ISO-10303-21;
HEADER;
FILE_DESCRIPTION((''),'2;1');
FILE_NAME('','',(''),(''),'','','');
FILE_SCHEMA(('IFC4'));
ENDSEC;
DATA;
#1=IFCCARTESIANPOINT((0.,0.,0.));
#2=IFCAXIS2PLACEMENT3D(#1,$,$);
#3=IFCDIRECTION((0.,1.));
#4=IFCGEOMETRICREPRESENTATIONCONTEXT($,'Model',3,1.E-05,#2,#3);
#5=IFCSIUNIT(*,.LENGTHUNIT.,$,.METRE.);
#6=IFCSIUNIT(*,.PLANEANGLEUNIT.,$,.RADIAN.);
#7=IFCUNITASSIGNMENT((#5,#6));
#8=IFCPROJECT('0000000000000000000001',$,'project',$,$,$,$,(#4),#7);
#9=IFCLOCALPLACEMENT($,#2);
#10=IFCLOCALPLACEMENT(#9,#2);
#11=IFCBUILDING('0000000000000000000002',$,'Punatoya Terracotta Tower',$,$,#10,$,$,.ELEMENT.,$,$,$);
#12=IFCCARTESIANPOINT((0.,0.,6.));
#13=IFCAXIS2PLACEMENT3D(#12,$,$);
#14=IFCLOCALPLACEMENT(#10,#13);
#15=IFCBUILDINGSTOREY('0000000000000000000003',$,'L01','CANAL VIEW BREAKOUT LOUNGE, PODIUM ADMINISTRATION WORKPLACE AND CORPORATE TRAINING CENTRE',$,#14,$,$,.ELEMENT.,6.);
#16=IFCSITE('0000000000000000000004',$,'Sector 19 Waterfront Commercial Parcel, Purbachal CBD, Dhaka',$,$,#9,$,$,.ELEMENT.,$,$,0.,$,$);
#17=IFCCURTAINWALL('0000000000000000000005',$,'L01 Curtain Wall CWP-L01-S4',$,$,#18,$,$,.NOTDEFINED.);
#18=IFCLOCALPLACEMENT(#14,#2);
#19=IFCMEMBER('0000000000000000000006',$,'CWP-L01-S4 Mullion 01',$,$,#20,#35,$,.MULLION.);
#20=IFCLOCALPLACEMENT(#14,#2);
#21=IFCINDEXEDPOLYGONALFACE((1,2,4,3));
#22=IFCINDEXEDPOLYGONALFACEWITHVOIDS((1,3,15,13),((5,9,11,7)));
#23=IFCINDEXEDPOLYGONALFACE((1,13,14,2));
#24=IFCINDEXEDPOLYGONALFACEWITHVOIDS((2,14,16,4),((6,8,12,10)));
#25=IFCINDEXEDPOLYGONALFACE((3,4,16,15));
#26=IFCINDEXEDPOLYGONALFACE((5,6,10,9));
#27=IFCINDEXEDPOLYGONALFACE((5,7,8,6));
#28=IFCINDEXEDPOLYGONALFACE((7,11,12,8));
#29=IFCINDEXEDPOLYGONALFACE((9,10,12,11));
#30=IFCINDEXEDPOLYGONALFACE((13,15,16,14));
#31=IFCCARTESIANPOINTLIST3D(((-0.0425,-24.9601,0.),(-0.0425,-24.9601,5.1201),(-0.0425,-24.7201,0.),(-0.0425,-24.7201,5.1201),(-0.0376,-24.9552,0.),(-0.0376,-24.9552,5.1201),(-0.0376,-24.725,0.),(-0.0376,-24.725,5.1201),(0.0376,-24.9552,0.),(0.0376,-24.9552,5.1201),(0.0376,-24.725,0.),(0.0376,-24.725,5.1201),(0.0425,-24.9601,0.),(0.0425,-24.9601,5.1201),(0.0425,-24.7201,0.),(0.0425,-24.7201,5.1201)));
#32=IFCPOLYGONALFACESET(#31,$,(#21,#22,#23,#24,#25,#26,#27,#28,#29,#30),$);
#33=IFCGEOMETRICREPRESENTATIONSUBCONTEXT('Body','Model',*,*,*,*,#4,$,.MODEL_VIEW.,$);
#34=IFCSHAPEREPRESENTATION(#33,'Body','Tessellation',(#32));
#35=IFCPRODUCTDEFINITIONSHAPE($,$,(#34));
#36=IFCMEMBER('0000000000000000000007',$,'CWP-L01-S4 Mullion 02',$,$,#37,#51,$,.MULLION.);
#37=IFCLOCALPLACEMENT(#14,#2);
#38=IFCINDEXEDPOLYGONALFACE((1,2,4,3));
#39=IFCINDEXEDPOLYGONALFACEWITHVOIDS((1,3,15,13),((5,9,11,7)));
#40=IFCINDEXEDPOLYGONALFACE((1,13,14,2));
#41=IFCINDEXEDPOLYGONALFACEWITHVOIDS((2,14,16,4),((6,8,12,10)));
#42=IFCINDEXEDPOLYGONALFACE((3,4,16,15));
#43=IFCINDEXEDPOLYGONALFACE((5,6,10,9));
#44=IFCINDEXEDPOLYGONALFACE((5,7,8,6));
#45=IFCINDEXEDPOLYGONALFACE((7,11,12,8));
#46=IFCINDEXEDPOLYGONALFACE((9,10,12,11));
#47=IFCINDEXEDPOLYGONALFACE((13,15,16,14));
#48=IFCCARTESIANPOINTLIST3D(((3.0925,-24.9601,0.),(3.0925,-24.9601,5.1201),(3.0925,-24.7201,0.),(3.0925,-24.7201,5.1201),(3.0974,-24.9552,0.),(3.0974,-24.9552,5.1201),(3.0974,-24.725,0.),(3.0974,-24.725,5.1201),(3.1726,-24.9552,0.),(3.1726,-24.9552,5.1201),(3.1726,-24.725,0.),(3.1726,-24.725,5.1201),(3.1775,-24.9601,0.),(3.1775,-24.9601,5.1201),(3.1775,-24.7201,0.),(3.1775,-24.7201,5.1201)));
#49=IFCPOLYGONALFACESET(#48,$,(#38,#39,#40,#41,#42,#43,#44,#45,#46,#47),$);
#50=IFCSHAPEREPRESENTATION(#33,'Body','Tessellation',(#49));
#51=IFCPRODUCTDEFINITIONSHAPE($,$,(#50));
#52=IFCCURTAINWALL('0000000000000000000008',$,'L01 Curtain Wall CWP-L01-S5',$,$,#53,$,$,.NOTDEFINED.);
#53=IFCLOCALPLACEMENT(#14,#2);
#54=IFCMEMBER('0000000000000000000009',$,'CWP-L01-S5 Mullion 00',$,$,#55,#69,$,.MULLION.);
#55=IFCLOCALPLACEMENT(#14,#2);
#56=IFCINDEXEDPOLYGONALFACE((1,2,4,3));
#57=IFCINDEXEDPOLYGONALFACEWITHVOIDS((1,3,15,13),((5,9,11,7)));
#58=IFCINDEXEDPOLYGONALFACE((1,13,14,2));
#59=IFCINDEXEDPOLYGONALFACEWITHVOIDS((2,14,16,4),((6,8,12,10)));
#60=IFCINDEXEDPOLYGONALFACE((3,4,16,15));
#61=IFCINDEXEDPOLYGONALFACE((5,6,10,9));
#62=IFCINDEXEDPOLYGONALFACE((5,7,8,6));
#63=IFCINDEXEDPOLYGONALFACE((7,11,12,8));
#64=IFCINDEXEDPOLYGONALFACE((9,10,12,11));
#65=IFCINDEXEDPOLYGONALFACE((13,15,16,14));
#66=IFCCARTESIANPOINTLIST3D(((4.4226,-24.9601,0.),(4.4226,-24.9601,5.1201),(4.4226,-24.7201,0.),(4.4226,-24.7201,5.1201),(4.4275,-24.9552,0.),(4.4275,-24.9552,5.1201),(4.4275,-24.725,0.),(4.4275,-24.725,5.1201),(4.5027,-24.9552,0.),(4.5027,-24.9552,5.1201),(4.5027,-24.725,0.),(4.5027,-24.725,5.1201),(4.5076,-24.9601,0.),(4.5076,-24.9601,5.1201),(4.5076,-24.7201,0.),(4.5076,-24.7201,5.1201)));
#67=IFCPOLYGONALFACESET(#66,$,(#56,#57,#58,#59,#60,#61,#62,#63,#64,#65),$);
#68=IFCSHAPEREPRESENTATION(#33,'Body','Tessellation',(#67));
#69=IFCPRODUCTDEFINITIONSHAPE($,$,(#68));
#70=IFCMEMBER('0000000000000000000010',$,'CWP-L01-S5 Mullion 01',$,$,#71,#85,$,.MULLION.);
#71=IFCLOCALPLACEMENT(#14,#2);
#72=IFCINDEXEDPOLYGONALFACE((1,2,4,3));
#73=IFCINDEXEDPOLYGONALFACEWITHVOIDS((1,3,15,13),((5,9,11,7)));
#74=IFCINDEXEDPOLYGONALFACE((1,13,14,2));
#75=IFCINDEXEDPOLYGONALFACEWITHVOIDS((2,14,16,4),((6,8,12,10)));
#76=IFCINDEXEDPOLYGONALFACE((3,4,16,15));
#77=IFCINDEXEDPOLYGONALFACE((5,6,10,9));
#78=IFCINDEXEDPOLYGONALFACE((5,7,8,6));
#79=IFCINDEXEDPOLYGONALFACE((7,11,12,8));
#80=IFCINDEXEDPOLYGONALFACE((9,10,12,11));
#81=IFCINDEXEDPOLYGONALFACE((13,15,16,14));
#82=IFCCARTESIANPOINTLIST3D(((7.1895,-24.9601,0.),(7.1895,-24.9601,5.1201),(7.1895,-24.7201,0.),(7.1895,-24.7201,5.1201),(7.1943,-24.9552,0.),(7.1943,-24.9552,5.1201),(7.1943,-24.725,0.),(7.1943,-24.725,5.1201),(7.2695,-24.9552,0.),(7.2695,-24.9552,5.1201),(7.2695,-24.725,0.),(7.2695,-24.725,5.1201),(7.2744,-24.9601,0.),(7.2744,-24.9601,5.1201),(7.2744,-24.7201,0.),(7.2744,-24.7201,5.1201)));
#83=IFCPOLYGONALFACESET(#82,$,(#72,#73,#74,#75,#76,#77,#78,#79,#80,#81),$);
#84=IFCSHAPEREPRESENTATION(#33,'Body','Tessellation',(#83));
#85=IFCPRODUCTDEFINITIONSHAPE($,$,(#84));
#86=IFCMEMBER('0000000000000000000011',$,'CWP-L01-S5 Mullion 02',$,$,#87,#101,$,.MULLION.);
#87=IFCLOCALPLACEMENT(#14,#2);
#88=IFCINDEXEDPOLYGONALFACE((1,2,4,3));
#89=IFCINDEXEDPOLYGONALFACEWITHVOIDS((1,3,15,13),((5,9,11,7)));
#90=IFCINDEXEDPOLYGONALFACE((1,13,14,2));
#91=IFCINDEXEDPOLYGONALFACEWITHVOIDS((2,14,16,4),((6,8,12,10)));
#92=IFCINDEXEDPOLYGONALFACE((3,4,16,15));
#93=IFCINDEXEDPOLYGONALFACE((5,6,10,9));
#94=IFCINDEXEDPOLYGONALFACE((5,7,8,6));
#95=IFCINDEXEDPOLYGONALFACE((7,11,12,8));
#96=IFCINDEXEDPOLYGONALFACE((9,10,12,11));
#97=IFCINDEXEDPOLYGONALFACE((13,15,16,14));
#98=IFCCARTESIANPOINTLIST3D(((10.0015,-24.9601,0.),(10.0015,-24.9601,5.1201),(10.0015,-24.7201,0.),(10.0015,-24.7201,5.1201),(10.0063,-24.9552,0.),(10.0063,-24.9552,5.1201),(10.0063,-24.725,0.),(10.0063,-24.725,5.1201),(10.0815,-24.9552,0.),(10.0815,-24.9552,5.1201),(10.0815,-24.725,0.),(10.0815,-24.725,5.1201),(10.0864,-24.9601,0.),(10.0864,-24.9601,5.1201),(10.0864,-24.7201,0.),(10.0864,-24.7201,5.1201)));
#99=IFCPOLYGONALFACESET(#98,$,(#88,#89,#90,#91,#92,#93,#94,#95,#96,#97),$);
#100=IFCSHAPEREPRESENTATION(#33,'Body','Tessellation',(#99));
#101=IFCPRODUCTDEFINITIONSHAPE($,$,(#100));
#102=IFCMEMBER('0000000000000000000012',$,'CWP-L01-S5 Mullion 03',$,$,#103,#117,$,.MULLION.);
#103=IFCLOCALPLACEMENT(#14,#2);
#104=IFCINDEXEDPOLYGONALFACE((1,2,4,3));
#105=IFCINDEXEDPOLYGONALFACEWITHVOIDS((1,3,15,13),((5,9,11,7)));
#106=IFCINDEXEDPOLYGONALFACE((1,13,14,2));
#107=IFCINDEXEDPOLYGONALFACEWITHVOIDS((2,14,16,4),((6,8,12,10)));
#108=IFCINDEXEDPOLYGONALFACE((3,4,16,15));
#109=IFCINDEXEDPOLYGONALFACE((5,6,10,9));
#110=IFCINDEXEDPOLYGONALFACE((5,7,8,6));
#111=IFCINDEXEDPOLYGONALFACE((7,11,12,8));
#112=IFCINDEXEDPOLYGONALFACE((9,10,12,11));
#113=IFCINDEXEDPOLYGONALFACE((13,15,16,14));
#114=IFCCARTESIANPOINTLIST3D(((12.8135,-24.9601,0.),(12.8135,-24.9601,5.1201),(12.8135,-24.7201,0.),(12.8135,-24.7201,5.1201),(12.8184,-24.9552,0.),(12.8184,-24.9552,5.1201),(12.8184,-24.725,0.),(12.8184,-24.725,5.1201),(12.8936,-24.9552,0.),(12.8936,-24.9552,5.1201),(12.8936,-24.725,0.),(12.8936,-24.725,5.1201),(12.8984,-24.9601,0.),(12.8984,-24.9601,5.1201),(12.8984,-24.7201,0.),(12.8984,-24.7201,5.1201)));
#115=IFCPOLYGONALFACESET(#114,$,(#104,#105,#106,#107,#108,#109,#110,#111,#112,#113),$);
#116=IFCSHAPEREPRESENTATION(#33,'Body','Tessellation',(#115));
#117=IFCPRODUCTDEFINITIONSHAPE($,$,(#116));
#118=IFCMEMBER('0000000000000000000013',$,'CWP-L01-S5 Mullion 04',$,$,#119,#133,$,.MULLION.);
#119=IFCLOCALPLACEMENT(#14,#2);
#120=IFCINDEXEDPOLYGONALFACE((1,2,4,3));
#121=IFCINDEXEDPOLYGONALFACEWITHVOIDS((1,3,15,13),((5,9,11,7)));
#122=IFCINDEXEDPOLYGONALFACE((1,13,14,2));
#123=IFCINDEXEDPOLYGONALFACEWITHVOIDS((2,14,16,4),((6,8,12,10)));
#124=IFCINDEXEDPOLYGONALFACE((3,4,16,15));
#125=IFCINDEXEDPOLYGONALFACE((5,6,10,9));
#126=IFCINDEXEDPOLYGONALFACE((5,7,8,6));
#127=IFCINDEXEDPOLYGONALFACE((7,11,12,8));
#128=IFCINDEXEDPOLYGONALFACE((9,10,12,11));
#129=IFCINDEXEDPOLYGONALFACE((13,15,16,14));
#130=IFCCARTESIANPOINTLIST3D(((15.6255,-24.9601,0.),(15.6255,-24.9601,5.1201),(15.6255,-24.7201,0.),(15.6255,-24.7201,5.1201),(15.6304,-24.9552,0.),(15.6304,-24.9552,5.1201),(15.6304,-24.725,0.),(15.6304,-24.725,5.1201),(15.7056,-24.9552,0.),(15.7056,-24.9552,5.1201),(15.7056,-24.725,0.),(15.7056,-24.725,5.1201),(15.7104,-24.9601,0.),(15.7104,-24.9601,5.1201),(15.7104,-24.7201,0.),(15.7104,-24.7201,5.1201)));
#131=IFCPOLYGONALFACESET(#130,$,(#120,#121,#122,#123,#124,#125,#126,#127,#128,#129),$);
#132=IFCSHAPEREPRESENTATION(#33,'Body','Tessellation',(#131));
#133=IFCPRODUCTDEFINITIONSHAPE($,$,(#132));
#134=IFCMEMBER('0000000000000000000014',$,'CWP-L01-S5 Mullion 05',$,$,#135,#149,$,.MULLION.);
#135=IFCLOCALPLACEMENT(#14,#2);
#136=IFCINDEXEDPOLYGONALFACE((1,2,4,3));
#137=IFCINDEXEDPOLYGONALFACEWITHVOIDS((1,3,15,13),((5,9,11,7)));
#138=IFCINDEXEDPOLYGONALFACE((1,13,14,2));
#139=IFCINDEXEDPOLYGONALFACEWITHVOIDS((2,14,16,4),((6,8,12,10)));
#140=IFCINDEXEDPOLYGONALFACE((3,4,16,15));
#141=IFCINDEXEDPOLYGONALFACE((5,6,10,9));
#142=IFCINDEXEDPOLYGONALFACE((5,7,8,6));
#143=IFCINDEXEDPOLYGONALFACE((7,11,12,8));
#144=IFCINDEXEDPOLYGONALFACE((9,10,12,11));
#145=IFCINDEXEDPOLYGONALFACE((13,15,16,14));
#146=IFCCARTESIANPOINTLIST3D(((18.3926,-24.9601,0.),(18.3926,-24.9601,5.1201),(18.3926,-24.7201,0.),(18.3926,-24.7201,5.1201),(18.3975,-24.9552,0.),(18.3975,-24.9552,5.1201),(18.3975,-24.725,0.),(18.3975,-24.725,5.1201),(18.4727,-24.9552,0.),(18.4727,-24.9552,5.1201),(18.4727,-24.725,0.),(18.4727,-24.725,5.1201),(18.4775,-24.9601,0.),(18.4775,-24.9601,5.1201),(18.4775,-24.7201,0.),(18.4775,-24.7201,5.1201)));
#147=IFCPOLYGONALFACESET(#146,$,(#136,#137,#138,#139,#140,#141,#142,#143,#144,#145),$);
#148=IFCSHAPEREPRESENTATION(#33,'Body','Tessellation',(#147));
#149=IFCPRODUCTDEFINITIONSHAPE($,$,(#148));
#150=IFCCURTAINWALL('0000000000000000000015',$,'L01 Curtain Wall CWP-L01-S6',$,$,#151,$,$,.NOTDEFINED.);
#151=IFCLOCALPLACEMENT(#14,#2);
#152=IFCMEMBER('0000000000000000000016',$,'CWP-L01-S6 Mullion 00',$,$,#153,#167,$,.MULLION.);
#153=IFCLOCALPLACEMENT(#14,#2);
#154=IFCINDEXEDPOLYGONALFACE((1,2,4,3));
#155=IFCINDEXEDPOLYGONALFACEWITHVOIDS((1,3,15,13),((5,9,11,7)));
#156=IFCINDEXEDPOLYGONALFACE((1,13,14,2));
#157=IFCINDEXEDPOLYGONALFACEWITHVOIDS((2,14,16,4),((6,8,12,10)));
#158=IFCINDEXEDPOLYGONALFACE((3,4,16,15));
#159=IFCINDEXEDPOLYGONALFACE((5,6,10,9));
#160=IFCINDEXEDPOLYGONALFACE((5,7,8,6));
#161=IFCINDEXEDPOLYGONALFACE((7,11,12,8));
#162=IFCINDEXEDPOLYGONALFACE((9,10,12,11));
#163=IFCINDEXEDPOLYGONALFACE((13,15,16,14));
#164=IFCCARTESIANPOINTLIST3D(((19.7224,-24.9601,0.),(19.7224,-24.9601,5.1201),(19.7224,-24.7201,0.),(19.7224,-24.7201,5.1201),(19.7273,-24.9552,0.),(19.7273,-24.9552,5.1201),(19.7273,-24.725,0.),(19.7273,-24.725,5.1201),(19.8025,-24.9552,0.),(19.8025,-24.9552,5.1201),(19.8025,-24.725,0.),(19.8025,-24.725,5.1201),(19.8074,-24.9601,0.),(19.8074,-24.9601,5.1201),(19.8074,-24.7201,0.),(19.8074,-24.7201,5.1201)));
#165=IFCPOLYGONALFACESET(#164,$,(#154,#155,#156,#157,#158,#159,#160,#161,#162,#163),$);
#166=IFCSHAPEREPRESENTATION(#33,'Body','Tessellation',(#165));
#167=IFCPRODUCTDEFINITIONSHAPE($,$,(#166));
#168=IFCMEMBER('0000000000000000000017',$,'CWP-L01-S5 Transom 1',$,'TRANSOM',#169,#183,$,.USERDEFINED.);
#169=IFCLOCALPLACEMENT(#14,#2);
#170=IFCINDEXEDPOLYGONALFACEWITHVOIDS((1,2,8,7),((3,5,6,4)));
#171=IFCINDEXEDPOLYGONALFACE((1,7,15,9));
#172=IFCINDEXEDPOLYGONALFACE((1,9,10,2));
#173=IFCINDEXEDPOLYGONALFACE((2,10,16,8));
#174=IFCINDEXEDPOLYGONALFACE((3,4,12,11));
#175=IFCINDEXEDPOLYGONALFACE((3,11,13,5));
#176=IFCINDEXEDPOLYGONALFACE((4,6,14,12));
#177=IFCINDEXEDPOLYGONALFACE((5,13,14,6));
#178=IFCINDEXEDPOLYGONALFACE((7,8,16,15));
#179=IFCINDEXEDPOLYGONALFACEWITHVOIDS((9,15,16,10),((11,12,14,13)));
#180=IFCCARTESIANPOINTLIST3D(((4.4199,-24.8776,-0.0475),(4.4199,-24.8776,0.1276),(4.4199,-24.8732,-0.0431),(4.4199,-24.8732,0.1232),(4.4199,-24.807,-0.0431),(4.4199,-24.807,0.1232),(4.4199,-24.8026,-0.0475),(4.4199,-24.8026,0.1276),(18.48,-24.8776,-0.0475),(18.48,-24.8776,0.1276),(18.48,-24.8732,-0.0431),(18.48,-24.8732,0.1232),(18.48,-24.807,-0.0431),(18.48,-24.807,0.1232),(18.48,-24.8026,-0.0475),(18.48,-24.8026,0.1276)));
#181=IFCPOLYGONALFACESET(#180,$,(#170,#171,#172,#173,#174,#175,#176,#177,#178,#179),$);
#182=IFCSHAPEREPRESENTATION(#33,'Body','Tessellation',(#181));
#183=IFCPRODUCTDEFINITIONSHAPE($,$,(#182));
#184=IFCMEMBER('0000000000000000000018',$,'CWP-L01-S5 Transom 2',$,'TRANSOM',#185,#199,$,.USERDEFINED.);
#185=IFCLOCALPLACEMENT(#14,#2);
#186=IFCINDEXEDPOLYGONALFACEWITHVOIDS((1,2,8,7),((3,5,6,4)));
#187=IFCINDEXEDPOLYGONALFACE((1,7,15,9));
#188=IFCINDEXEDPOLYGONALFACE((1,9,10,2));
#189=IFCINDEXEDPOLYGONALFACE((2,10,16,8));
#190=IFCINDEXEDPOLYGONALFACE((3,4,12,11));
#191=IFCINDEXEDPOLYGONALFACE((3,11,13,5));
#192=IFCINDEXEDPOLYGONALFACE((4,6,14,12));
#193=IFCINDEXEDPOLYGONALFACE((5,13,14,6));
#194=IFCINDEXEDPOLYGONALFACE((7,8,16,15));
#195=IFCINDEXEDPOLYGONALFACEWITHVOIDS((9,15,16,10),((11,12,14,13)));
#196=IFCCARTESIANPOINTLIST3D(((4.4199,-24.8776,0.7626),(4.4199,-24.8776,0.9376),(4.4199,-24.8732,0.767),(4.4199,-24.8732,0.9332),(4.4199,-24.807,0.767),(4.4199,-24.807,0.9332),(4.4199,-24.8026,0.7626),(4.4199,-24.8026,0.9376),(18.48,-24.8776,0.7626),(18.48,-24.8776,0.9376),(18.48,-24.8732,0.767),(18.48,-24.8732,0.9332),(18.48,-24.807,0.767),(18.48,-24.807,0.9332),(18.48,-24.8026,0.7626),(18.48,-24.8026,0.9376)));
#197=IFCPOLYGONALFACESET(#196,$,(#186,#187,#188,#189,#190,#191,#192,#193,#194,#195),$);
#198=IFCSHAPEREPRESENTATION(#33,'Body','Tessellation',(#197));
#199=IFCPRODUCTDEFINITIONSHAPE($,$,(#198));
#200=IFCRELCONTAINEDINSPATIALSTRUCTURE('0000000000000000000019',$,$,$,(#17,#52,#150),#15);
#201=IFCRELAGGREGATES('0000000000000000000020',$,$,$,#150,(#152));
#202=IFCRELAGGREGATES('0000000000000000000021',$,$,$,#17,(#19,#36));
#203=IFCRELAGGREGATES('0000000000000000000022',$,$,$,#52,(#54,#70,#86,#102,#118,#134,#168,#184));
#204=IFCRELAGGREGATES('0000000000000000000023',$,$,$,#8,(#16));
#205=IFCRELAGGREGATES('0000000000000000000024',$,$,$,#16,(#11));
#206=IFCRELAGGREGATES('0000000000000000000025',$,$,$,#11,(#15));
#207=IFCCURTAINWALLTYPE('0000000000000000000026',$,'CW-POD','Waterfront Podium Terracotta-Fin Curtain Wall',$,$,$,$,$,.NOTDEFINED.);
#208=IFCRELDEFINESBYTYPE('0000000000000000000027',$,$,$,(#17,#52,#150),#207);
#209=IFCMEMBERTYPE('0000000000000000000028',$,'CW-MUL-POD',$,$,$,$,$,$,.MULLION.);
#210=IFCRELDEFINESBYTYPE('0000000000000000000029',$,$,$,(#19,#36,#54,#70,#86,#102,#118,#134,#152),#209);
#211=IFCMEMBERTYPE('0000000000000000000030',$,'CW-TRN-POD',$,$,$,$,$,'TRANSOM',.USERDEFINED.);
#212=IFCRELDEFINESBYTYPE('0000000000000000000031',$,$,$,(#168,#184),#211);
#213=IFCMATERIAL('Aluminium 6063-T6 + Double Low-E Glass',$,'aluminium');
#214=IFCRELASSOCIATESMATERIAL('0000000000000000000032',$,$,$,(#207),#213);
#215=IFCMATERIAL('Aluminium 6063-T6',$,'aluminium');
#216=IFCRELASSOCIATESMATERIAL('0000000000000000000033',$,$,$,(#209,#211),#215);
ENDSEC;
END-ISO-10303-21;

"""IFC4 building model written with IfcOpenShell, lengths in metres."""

from ifc_helpers import new_model, si_unit, direction, frame, origin, origin_2d, place, context, subcontext, project, spatial, hollow_rectangle, extrude, material, material_profile, profile_set, type_object, element, aggregate, save


model = new_model("IFC4")

# Units and contexts
model_context = context("Model", 3, precision=1e-05, world=origin(), true_north=direction((0.0, 1.0)))
body_context = subcontext(model_context, "Body", "Model", "MODEL_VIEW")
ifc_project = project(units=[si_unit("LENGTHUNIT", "METRE"), si_unit("PLANEANGLEUNIT", "RADIAN")], contexts=[model_context])

# Site, building, storey
site_placement = place(None, origin())
site = spatial("IfcSite", under=ifc_project, at=site_placement, Name="Sector 19 Waterfront Commercial Parcel, Purbachal CBD, Dhaka", CompositionType="ELEMENT", RefElevation=0.0)
building_placement = place(site_placement, origin())
building = spatial("IfcBuilding", under=site, at=building_placement, Name="Punatoya Terracotta Tower", CompositionType="ELEMENT")
storey_placement = place(building_placement, frame((0.0, 0.0, 6.0)))
storey = spatial("IfcBuildingStorey", under=building, at=storey_placement, Name="L01", Description="CANAL VIEW BREAKOUT LOUNGE, PODIUM ADMINISTRATION WORKPLACE AND CORPORATE TRAINING CENTRE", CompositionType="ELEMENT", Elevation=6.0)

# Curtain walls, members
ifc_material_1 = material(Name="Aluminium 6063-T6 + Double Low-E Glass", Category="aluminium")
curtain_wall_type = type_object("IfcCurtainWallType", Name="CW-POD", Description="Waterfront Podium Terracotta-Fin Curtain Wall", PredefinedType="NOTDEFINED", material=ifc_material_1)
curtain_wall_1_placement = place(storey_placement, origin())
curtain_wall_1 = element("IfcCurtainWall", 1, at=curtain_wall_1_placement, inside=storey, type_object=curtain_wall_type, Name="L01 Curtain Wall CWP-L01-S4", PredefinedType="NOTDEFINED")
ifc_material_2 = material(Name="Aluminium 6063-T6", Category="aluminium")
ifc_material_profile_1 = material_profile(ifc_material_2, hollow_rectangle(XDim=0.085, YDim=0.24, WallThickness=0.0049, at=origin_2d()))
ifc_profile_set_1 = profile_set([ifc_material_profile_1], Name="Aluminium 6063-T6")
member_type_1 = type_object("IfcMemberType", Name="CW-MUL-POD", PredefinedType="MULLION", material=ifc_profile_set_1)
member_1_placement = place(storey_placement, frame((0.0, -24.8401, 0.0), z_axis=(0.0, 0.0, 1.0), x_axis=(1.0, 0.0, 0.0)))
member_1 = element("IfcMember", 2, at=member_1_placement, type_object=member_type_1, Name="CWP-L01-S4 Mullion 01", PredefinedType="MULLION", context=body_context, shape_type="SweptSolid", body=[
    extrude(hollow_rectangle(XDim=0.085, YDim=0.24, WallThickness=0.0049, at=origin_2d()), origin(), (0.0, 0.0, 1.0), 5.1201),
])
member_2_placement = place(storey_placement, frame((3.135, -24.8401, 0.0), z_axis=(0.0, 0.0, 1.0), x_axis=(1.0, 0.0, 0.0)))
member_2 = element("IfcMember", 3, at=member_2_placement, type_object=member_type_1, Name="CWP-L01-S4 Mullion 02", PredefinedType="MULLION", context=body_context, shape_type="SweptSolid", body=[
    extrude(hollow_rectangle(XDim=0.085, YDim=0.24, WallThickness=0.0049, at=origin_2d()), origin(), (0.0, 0.0, 1.0), 5.1201),
])
curtain_wall_2_placement = place(storey_placement, origin())
curtain_wall_2 = element("IfcCurtainWall", 4, at=curtain_wall_2_placement, inside=storey, type_object=curtain_wall_type, Name="L01 Curtain Wall CWP-L01-S5", PredefinedType="NOTDEFINED")
member_3_placement = place(storey_placement, frame((4.4651, -24.8401, 0.0), z_axis=(0.0, 0.0, 1.0), x_axis=(1.0, 0.0, 0.0)))
member_3 = element("IfcMember", 5, at=member_3_placement, type_object=member_type_1, Name="CWP-L01-S5 Mullion 00", PredefinedType="MULLION", context=body_context, shape_type="SweptSolid", body=[
    extrude(hollow_rectangle(XDim=0.085, YDim=0.24, WallThickness=0.0049, at=origin_2d()), origin(), (0.0, 0.0, 1.0), 5.1201),
])
member_4_placement = place(storey_placement, frame((7.2319, -24.8401, 0.0), z_axis=(0.0, 0.0, 1.0), x_axis=(1.0, 0.0, 0.0)))
member_4 = element("IfcMember", 6, at=member_4_placement, type_object=member_type_1, Name="CWP-L01-S5 Mullion 01", PredefinedType="MULLION", context=body_context, shape_type="SweptSolid", body=[
    extrude(hollow_rectangle(XDim=0.085, YDim=0.24, WallThickness=0.0049, at=origin_2d()), origin(), (0.0, 0.0, 1.0), 5.1201),
])
member_5_placement = place(storey_placement, frame((10.0439, -24.8401, 0.0), z_axis=(0.0, 0.0, 1.0), x_axis=(1.0, 0.0, 0.0)))
member_5 = element("IfcMember", 7, at=member_5_placement, type_object=member_type_1, Name="CWP-L01-S5 Mullion 02", PredefinedType="MULLION", context=body_context, shape_type="SweptSolid", body=[
    extrude(hollow_rectangle(XDim=0.085, YDim=0.24, WallThickness=0.0049, at=origin_2d()), origin(), (0.0, 0.0, 1.0), 5.1201),
])
member_6_placement = place(storey_placement, frame((12.856, -24.8401, 0.0), z_axis=(0.0, 0.0, 1.0), x_axis=(1.0, 0.0, 0.0)))
member_6 = element("IfcMember", 8, at=member_6_placement, type_object=member_type_1, Name="CWP-L01-S5 Mullion 03", PredefinedType="MULLION", context=body_context, shape_type="SweptSolid", body=[
    extrude(hollow_rectangle(XDim=0.085, YDim=0.24, WallThickness=0.0049, at=origin_2d()), origin(), (0.0, 0.0, 1.0), 5.1201),
])
member_7_placement = place(storey_placement, frame((15.668, -24.8401, 0.0), z_axis=(0.0, 0.0, 1.0), x_axis=(1.0, 0.0, 0.0)))
member_7 = element("IfcMember", 9, at=member_7_placement, type_object=member_type_1, Name="CWP-L01-S5 Mullion 04", PredefinedType="MULLION", context=body_context, shape_type="SweptSolid", body=[
    extrude(hollow_rectangle(XDim=0.085, YDim=0.24, WallThickness=0.0049, at=origin_2d()), origin(), (0.0, 0.0, 1.0), 5.1201),
])
member_8_placement = place(storey_placement, frame((18.4351, -24.8401, 0.0), z_axis=(0.0, 0.0, 1.0), x_axis=(1.0, 0.0, 0.0)))
member_8 = element("IfcMember", 10, at=member_8_placement, type_object=member_type_1, Name="CWP-L01-S5 Mullion 05", PredefinedType="MULLION", context=body_context, shape_type="SweptSolid", body=[
    extrude(hollow_rectangle(XDim=0.085, YDim=0.24, WallThickness=0.0049, at=origin_2d()), origin(), (0.0, 0.0, 1.0), 5.1201),
])

# Curtain wall, member
curtain_wall_3_placement = place(storey_placement, origin())
curtain_wall_3 = element("IfcCurtainWall", 11, at=curtain_wall_3_placement, inside=storey, type_object=curtain_wall_type, Name="L01 Curtain Wall CWP-L01-S6", PredefinedType="NOTDEFINED")
member_9_placement = place(storey_placement, frame((19.7649, -24.8401, 0.0), z_axis=(0.0, 0.0, 1.0), x_axis=(1.0, 0.0, 0.0)))
member_9 = element("IfcMember", 12, at=member_9_placement, type_object=member_type_1, Name="CWP-L01-S6 Mullion 00", PredefinedType="MULLION", context=body_context, shape_type="SweptSolid", body=[
    extrude(hollow_rectangle(XDim=0.085, YDim=0.24, WallThickness=0.0049, at=origin_2d()), origin(), (0.0, 0.0, 1.0), 5.1201),
])

# Members
ifc_material_profile_2 = material_profile(ifc_material_2, hollow_rectangle(XDim=0.075, YDim=0.175, WallThickness=0.0044, at=origin_2d()))
ifc_profile_set_2 = profile_set([ifc_material_profile_2], Name="Aluminium 6063-T6")
member_type_2 = type_object("IfcMemberType", Name="CW-TRN-POD", ElementType="TRANSOM", PredefinedType="USERDEFINED", material=ifc_profile_set_2)
member_10_placement = place(storey_placement, frame((4.4199, -24.8401, 0.04), z_axis=(1.0, 0.0, 0.0), x_axis=(0.0, 1.0, 0.0)))
member_10 = element("IfcMember", 13, at=member_10_placement, type_object=member_type_2, Name="CWP-L01-S5 Transom 1", ObjectType="TRANSOM", PredefinedType="USERDEFINED", context=body_context, shape_type="SweptSolid", body=[
    extrude(hollow_rectangle(XDim=0.075, YDim=0.175, WallThickness=0.0044, at=origin_2d()), origin(), (0.0, 0.0, 1.0), 14.0601),
])
member_11_placement = place(storey_placement, frame((4.4199, -24.8401, 0.8501), z_axis=(1.0, 0.0, 0.0), x_axis=(0.0, 1.0, 0.0)))
member_11 = element("IfcMember", 14, at=member_11_placement, type_object=member_type_2, Name="CWP-L01-S5 Transom 2", ObjectType="TRANSOM", PredefinedType="USERDEFINED", context=body_context, shape_type="SweptSolid", body=[
    extrude(hollow_rectangle(XDim=0.075, YDim=0.175, WallThickness=0.0044, at=origin_2d()), origin(), (0.0, 0.0, 1.0), 14.0601),
])
aggregate(curtain_wall_3, [member_9])

aggregate(curtain_wall_1, [member_1, member_2])
aggregate(curtain_wall_2, [member_3, member_4, member_5, member_6, member_7, member_8, member_10, member_11])

save(model, "model.ifc")
